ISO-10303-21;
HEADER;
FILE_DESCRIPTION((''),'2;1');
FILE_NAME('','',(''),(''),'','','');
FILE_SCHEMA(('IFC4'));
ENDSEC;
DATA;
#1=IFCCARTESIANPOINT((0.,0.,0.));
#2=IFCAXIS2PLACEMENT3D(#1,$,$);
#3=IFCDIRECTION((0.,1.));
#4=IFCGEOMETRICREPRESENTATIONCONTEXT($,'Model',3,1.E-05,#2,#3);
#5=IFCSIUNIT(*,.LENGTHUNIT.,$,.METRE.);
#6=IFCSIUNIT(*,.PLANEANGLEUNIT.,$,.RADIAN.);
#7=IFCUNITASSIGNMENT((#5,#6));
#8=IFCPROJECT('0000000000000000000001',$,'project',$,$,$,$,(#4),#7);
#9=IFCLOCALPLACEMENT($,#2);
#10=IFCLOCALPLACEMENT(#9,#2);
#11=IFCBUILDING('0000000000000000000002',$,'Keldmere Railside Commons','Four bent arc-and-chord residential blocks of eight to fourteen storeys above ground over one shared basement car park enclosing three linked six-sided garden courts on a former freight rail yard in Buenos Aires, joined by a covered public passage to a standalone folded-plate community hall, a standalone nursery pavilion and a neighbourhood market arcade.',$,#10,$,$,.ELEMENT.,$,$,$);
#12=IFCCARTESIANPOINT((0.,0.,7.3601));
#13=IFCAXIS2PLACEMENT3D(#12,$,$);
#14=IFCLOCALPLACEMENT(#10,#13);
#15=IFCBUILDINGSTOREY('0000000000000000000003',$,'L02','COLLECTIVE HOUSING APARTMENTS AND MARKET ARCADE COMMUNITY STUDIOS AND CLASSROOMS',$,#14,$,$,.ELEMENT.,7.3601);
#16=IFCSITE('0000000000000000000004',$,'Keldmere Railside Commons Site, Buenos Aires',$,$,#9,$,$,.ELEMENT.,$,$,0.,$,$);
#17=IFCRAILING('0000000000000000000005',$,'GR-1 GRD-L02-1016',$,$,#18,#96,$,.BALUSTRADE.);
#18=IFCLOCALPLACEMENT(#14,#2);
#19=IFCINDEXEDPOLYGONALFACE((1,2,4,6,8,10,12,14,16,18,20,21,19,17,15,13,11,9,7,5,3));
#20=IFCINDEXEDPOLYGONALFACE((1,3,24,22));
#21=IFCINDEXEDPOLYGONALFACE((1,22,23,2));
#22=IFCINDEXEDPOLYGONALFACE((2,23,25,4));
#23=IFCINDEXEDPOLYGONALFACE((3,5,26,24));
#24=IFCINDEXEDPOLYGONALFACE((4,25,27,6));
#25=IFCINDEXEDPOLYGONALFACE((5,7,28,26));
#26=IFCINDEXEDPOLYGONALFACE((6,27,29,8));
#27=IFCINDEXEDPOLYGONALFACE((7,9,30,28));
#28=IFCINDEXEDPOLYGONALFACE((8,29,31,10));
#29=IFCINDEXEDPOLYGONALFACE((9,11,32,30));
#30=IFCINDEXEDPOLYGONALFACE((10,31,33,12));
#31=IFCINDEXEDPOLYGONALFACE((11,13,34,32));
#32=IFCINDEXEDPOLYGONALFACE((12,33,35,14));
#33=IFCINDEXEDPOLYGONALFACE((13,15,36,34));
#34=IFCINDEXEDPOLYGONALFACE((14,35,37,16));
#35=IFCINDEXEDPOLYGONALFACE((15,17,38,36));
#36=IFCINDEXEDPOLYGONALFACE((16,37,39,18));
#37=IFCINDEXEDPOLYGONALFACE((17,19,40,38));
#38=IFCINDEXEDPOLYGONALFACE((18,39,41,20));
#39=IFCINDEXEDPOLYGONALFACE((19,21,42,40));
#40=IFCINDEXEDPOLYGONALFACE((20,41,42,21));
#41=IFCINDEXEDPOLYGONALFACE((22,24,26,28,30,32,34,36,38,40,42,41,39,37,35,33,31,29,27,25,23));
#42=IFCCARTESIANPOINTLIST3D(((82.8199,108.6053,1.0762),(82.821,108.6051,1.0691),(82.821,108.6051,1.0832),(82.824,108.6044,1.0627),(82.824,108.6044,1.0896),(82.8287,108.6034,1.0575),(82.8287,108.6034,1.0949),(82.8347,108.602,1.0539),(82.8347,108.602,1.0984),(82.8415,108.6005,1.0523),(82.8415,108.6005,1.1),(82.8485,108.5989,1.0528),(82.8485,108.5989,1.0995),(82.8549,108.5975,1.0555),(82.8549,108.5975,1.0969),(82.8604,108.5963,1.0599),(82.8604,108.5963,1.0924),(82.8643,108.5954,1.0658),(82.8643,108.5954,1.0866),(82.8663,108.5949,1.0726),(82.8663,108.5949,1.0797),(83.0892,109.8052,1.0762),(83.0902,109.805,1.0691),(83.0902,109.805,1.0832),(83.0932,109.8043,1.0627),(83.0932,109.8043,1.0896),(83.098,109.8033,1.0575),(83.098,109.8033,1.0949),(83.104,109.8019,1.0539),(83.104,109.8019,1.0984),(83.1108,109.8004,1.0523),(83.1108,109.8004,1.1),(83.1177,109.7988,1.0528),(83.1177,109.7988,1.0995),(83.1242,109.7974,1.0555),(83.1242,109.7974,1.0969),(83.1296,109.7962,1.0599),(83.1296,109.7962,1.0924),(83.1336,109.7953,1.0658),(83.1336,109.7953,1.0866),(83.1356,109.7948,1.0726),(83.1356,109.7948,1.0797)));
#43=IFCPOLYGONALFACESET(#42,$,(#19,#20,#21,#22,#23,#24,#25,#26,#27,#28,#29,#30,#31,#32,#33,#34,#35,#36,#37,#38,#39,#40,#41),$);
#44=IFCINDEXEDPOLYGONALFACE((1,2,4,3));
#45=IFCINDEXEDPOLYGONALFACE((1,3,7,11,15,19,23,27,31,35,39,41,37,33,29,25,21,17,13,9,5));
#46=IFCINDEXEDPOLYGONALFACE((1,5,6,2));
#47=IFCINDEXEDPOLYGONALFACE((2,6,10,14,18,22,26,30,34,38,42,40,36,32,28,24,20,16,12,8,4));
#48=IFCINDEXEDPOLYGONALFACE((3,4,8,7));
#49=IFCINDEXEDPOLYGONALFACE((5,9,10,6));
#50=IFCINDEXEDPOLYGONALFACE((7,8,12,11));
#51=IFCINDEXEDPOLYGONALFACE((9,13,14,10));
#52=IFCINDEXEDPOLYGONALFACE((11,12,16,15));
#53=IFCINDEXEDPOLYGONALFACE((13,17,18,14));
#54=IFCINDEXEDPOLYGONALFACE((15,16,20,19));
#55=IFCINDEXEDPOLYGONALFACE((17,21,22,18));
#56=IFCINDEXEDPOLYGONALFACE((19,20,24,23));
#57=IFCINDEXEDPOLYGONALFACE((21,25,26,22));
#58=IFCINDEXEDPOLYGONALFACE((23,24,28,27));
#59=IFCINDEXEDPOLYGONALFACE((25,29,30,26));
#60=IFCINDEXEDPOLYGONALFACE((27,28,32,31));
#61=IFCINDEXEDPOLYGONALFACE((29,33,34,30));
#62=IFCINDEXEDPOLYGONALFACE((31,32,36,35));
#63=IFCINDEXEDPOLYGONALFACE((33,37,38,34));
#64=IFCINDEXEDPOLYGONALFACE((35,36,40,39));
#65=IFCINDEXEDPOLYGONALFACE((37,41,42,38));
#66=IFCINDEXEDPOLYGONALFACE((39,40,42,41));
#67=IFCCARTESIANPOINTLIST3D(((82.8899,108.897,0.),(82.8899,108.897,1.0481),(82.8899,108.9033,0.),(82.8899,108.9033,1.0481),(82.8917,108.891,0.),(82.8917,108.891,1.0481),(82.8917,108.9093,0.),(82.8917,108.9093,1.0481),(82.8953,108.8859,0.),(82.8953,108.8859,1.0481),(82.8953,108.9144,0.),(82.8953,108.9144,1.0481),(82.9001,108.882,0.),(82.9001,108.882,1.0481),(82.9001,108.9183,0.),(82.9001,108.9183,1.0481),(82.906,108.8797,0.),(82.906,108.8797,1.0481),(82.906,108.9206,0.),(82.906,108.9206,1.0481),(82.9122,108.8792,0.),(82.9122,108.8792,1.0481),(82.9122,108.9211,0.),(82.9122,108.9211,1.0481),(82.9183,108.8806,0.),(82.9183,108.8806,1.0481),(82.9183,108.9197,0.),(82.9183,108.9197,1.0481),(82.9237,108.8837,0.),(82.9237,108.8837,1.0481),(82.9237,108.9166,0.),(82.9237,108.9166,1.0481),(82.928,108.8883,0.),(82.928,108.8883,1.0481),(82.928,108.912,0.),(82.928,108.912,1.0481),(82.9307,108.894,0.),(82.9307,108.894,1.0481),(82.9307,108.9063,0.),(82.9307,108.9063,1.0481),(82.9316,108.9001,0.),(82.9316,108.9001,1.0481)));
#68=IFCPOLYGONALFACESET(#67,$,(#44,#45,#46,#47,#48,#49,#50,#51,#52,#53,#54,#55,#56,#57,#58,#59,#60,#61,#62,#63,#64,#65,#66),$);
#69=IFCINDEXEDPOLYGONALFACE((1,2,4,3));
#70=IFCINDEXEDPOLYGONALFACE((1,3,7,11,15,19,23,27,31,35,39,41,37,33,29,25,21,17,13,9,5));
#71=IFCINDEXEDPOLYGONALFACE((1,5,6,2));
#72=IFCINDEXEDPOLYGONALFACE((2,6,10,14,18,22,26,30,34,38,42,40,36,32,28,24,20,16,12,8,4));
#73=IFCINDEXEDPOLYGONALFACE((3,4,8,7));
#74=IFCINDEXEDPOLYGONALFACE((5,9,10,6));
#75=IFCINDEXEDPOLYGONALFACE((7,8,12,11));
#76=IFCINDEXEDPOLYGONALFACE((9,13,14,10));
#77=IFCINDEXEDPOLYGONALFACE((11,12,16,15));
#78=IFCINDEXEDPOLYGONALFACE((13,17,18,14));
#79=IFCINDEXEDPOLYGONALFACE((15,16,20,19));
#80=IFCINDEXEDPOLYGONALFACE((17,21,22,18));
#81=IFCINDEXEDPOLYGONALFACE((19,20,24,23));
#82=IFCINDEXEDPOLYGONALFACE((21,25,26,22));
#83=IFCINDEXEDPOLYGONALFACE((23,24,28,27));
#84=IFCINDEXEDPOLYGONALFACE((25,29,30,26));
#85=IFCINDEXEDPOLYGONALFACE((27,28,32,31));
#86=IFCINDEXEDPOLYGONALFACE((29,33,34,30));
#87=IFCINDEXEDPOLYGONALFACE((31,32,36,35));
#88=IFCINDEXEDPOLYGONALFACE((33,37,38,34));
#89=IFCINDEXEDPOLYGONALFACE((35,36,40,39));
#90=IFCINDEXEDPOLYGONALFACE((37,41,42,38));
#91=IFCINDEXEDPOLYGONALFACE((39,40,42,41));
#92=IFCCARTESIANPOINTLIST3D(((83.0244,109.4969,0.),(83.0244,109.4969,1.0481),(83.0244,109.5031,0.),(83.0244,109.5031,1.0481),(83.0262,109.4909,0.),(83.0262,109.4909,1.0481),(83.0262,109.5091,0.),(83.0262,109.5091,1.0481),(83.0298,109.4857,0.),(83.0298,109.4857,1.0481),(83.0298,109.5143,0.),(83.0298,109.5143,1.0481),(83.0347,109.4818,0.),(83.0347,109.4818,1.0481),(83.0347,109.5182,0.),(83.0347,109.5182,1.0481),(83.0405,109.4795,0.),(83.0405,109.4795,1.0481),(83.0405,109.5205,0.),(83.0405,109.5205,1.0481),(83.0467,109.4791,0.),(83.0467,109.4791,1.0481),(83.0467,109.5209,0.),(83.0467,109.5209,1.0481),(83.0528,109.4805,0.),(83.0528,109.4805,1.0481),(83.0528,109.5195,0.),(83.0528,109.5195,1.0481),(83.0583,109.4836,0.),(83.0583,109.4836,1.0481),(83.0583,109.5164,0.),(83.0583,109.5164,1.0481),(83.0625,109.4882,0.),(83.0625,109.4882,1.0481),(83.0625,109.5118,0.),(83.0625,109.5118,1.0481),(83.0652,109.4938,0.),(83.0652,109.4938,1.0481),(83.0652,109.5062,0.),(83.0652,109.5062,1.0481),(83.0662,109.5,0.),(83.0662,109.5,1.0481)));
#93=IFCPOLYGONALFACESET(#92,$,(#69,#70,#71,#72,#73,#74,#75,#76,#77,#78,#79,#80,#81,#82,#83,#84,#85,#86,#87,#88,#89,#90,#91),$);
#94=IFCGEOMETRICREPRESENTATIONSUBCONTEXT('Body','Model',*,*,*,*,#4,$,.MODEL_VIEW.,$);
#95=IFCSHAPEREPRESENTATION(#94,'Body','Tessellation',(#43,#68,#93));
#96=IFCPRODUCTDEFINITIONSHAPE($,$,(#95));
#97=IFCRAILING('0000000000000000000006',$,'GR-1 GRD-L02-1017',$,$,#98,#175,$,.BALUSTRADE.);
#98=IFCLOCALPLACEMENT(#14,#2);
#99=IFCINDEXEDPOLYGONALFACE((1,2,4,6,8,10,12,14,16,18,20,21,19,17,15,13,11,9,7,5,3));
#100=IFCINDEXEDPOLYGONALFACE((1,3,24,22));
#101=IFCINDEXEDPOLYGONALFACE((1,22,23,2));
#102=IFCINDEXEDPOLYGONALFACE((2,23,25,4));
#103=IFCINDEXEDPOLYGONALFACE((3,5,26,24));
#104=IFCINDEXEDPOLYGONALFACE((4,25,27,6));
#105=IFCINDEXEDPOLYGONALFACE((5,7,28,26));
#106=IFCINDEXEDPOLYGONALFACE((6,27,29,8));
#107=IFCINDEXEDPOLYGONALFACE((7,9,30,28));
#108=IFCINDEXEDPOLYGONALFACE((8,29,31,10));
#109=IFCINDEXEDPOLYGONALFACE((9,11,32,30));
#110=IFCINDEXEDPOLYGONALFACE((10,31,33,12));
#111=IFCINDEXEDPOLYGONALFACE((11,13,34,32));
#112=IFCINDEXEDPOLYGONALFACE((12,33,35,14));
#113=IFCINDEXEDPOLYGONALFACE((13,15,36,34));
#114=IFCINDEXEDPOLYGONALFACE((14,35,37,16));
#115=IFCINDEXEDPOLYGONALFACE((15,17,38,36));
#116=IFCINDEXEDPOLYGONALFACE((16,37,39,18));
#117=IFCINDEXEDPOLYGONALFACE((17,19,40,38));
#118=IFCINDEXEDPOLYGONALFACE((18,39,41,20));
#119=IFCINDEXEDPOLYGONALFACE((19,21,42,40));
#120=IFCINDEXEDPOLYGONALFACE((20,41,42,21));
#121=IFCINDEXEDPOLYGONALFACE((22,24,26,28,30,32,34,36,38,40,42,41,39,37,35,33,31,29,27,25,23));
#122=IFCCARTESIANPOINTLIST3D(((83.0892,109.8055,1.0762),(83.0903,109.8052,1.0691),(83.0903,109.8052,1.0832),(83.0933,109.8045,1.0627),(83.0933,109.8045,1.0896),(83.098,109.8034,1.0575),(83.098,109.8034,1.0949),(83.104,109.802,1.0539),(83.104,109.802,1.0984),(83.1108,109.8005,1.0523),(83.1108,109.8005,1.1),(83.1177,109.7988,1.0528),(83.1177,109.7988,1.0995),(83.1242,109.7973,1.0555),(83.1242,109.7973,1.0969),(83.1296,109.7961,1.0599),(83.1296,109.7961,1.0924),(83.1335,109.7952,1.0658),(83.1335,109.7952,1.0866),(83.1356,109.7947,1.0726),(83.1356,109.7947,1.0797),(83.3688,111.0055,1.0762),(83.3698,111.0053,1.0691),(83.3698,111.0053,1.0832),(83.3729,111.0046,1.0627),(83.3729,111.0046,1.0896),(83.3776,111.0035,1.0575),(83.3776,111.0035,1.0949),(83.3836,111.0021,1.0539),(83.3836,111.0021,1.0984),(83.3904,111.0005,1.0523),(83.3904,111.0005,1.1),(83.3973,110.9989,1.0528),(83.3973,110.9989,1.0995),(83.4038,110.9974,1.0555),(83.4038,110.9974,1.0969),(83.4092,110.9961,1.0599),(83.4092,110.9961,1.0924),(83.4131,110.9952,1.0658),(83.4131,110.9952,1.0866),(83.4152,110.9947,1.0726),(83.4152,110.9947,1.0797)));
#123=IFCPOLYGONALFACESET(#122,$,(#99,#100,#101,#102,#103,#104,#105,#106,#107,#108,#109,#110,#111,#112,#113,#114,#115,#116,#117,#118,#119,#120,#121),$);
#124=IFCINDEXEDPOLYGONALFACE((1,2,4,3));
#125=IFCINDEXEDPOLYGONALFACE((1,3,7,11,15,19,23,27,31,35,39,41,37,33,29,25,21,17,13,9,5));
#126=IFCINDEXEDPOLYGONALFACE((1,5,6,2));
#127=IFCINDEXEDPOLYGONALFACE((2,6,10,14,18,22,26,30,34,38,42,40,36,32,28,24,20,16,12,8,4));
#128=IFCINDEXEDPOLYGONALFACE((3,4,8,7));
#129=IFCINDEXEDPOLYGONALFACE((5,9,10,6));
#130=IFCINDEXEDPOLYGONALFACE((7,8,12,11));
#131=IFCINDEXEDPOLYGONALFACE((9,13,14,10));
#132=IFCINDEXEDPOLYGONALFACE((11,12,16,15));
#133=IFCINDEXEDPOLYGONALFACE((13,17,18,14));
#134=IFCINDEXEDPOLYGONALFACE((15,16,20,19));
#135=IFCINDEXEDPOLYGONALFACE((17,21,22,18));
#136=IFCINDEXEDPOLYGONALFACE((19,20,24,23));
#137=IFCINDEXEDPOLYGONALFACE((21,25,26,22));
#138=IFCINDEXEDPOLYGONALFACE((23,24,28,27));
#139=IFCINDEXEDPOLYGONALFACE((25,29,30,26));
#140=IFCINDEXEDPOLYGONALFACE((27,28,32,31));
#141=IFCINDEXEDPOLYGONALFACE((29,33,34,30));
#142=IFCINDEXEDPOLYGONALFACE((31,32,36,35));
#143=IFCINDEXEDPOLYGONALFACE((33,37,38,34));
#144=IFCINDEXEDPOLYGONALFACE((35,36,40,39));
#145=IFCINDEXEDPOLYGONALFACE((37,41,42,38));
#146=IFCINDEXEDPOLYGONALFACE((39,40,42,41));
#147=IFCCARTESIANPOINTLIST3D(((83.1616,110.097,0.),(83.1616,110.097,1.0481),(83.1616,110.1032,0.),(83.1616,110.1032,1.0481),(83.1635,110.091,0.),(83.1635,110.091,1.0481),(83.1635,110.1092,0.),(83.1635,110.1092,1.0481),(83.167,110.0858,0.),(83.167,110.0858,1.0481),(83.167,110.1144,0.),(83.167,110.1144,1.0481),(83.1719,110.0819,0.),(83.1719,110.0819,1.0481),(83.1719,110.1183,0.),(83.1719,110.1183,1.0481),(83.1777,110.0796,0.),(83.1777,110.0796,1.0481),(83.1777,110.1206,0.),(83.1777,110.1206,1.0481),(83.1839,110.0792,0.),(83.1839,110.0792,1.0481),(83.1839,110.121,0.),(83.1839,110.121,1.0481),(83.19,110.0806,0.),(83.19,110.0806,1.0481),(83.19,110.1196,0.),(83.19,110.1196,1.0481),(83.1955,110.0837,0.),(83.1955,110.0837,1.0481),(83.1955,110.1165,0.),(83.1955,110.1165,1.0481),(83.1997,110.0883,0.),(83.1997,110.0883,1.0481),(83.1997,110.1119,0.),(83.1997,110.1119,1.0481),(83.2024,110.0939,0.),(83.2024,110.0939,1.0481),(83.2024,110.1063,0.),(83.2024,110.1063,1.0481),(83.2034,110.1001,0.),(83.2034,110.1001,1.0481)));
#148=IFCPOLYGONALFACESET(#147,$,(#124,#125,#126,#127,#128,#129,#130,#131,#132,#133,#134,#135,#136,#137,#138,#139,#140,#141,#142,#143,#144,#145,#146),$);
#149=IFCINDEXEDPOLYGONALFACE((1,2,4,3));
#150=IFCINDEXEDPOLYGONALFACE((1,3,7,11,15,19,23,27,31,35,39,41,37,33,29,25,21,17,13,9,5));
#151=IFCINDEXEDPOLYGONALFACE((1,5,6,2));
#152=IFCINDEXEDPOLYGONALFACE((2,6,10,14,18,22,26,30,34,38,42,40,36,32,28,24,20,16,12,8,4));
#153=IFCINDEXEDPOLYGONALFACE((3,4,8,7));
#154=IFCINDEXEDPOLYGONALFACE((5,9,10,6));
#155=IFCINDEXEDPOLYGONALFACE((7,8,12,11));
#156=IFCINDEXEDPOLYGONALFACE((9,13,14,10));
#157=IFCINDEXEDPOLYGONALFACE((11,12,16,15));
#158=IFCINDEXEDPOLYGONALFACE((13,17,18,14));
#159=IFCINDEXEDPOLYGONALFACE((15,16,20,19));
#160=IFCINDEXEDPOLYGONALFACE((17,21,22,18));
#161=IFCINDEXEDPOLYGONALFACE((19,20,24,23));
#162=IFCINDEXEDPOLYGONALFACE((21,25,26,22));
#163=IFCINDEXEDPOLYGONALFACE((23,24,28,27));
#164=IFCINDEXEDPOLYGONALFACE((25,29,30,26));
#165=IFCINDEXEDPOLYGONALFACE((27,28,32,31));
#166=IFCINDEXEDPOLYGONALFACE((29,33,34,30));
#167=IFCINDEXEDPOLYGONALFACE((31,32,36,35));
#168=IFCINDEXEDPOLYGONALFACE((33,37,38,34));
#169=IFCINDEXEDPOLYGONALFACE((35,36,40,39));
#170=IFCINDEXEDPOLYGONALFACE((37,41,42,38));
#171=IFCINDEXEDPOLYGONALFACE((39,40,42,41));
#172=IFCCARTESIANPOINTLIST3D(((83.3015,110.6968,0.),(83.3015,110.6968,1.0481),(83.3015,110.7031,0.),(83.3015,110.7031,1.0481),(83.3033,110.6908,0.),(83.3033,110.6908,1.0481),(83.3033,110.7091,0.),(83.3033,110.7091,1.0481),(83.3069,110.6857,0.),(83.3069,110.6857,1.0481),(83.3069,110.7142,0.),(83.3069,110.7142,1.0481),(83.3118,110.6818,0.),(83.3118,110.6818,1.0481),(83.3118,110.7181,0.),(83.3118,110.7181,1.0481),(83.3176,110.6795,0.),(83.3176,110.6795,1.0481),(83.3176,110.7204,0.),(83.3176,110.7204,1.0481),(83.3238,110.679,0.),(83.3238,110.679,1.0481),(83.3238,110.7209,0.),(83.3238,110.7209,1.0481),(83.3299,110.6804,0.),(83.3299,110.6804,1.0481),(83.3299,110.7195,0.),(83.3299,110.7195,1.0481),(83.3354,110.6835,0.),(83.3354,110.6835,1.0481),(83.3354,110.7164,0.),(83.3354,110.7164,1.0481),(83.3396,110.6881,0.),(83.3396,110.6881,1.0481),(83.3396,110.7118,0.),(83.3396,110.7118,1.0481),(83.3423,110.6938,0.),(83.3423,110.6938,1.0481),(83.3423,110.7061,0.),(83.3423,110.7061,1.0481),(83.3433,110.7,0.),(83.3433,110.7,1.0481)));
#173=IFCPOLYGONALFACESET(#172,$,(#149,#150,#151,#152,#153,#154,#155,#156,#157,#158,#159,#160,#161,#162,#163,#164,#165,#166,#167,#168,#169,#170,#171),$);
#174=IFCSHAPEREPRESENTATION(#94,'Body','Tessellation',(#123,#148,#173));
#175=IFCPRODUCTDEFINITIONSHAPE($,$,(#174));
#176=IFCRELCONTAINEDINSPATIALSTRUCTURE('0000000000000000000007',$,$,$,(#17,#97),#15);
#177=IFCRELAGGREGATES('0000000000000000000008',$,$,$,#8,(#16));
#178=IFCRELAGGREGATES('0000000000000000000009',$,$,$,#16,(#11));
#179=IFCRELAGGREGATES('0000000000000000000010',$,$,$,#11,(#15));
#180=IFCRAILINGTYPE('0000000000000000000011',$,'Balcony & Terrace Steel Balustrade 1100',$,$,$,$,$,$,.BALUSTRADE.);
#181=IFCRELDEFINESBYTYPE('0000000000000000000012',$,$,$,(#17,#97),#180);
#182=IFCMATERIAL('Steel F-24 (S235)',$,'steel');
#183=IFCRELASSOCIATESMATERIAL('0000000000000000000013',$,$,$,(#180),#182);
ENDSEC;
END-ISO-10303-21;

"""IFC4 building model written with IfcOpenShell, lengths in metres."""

from ifc_helpers import new_model, si_unit, direction, frame, origin, origin_2d, place, context, subcontext, project, spatial, circle, extrude, material, type_object, element, save


model = new_model("IFC4")

# Units and contexts
model_context = context("Model", 3, precision=1e-05, world=origin(), true_north=direction((0.0, 1.0)))
body_context = subcontext(model_context, "Body", "Model", "MODEL_VIEW")
ifc_project = project(units=[si_unit("LENGTHUNIT", "METRE"), si_unit("PLANEANGLEUNIT", "RADIAN")], contexts=[model_context])

# Site, building, storey
site_placement = place(None, origin())
site = spatial("IfcSite", under=ifc_project, at=site_placement, Name="Keldmere Railside Commons Site, Buenos Aires", CompositionType="ELEMENT", RefElevation=0.0)
building_placement = place(site_placement, origin())
building = spatial("IfcBuilding", under=site, at=building_placement, Name="Keldmere Railside Commons", Description="Four bent arc-and-chord residential blocks of eight to fourteen storeys above ground over one shared basement car park enclosing three linked six-sided garden courts on a former freight rail yard in Buenos Aires, joined by a covered public passage to a standalone folded-plate community hall, a standalone nursery pavilion and a neighbourhood market arcade.", CompositionType="ELEMENT")
storey_placement = place(building_placement, frame((0.0, 0.0, 7.3601)))
storey = spatial("IfcBuildingStorey", under=building, at=storey_placement, Name="L02", Description="COLLECTIVE HOUSING APARTMENTS AND MARKET ARCADE COMMUNITY STUDIOS AND CLASSROOMS", CompositionType="ELEMENT", Elevation=7.3601)

# Railings
ifc_material_1 = material(Name="Steel F-24 (S235)", Category="steel")
railing_type = type_object("IfcRailingType", Name="Balcony & Terrace Steel Balustrade 1100", PredefinedType="BALUSTRADE", material=ifc_material_1)
railing_1_placement = place(storey_placement, frame((82.8433, 108.6001, 0.0)))
element("IfcRailing", 1, at=railing_1_placement, inside=storey, type_object=railing_type, Name="GR-1 GRD-L02-1016", PredefinedType="BALUSTRADE", context=body_context, shape_type="SweptSolid", body=[
    extrude(circle(Radius=0.0239, at=origin_2d()), frame((0.0, 0.0, 1.0762), z_axis=(0.218969, 0.975732, 0.0), x_axis=(-0.975732, 0.218969, 0.0)), (0.0, 0.0, 1.0), 1.2297),
    extrude(circle(Radius=0.021, at=origin_2d()), frame((0.0674, 0.3, 0.0)), (0.0, 0.0, 1.0), 1.0481),
    extrude(circle(Radius=0.021, at=origin_2d()), frame((0.2019, 0.8999, 0.0)), (0.0, 0.0, 1.0), 1.0481),
])
railing_2_placement = place(storey_placement, frame((83.1125, 109.8, 0.0)))
element("IfcRailing", 2, at=railing_2_placement, inside=storey, type_object=railing_type, Name="GR-1 GRD-L02-1017", PredefinedType="BALUSTRADE", context=body_context, shape_type="SweptSolid", body=[
    extrude(circle(Radius=0.0239, at=origin_2d()), frame((0.0, 0.0, 1.0762), z_axis=(0.226885, 0.973922, 0.0), x_axis=(-0.973922, 0.226885, 0.0)), (0.0, 0.0, 1.0), 1.2322),
    extrude(circle(Radius=0.021, at=origin_2d()), frame((0.0698, 0.3, 0.0)), (0.0, 0.0, 1.0), 1.0481),
    extrude(circle(Radius=0.021, at=origin_2d()), frame((0.2097, 0.8999, 0.0)), (0.0, 0.0, 1.0), 1.0481),
])

save(model, "model.ifc")
